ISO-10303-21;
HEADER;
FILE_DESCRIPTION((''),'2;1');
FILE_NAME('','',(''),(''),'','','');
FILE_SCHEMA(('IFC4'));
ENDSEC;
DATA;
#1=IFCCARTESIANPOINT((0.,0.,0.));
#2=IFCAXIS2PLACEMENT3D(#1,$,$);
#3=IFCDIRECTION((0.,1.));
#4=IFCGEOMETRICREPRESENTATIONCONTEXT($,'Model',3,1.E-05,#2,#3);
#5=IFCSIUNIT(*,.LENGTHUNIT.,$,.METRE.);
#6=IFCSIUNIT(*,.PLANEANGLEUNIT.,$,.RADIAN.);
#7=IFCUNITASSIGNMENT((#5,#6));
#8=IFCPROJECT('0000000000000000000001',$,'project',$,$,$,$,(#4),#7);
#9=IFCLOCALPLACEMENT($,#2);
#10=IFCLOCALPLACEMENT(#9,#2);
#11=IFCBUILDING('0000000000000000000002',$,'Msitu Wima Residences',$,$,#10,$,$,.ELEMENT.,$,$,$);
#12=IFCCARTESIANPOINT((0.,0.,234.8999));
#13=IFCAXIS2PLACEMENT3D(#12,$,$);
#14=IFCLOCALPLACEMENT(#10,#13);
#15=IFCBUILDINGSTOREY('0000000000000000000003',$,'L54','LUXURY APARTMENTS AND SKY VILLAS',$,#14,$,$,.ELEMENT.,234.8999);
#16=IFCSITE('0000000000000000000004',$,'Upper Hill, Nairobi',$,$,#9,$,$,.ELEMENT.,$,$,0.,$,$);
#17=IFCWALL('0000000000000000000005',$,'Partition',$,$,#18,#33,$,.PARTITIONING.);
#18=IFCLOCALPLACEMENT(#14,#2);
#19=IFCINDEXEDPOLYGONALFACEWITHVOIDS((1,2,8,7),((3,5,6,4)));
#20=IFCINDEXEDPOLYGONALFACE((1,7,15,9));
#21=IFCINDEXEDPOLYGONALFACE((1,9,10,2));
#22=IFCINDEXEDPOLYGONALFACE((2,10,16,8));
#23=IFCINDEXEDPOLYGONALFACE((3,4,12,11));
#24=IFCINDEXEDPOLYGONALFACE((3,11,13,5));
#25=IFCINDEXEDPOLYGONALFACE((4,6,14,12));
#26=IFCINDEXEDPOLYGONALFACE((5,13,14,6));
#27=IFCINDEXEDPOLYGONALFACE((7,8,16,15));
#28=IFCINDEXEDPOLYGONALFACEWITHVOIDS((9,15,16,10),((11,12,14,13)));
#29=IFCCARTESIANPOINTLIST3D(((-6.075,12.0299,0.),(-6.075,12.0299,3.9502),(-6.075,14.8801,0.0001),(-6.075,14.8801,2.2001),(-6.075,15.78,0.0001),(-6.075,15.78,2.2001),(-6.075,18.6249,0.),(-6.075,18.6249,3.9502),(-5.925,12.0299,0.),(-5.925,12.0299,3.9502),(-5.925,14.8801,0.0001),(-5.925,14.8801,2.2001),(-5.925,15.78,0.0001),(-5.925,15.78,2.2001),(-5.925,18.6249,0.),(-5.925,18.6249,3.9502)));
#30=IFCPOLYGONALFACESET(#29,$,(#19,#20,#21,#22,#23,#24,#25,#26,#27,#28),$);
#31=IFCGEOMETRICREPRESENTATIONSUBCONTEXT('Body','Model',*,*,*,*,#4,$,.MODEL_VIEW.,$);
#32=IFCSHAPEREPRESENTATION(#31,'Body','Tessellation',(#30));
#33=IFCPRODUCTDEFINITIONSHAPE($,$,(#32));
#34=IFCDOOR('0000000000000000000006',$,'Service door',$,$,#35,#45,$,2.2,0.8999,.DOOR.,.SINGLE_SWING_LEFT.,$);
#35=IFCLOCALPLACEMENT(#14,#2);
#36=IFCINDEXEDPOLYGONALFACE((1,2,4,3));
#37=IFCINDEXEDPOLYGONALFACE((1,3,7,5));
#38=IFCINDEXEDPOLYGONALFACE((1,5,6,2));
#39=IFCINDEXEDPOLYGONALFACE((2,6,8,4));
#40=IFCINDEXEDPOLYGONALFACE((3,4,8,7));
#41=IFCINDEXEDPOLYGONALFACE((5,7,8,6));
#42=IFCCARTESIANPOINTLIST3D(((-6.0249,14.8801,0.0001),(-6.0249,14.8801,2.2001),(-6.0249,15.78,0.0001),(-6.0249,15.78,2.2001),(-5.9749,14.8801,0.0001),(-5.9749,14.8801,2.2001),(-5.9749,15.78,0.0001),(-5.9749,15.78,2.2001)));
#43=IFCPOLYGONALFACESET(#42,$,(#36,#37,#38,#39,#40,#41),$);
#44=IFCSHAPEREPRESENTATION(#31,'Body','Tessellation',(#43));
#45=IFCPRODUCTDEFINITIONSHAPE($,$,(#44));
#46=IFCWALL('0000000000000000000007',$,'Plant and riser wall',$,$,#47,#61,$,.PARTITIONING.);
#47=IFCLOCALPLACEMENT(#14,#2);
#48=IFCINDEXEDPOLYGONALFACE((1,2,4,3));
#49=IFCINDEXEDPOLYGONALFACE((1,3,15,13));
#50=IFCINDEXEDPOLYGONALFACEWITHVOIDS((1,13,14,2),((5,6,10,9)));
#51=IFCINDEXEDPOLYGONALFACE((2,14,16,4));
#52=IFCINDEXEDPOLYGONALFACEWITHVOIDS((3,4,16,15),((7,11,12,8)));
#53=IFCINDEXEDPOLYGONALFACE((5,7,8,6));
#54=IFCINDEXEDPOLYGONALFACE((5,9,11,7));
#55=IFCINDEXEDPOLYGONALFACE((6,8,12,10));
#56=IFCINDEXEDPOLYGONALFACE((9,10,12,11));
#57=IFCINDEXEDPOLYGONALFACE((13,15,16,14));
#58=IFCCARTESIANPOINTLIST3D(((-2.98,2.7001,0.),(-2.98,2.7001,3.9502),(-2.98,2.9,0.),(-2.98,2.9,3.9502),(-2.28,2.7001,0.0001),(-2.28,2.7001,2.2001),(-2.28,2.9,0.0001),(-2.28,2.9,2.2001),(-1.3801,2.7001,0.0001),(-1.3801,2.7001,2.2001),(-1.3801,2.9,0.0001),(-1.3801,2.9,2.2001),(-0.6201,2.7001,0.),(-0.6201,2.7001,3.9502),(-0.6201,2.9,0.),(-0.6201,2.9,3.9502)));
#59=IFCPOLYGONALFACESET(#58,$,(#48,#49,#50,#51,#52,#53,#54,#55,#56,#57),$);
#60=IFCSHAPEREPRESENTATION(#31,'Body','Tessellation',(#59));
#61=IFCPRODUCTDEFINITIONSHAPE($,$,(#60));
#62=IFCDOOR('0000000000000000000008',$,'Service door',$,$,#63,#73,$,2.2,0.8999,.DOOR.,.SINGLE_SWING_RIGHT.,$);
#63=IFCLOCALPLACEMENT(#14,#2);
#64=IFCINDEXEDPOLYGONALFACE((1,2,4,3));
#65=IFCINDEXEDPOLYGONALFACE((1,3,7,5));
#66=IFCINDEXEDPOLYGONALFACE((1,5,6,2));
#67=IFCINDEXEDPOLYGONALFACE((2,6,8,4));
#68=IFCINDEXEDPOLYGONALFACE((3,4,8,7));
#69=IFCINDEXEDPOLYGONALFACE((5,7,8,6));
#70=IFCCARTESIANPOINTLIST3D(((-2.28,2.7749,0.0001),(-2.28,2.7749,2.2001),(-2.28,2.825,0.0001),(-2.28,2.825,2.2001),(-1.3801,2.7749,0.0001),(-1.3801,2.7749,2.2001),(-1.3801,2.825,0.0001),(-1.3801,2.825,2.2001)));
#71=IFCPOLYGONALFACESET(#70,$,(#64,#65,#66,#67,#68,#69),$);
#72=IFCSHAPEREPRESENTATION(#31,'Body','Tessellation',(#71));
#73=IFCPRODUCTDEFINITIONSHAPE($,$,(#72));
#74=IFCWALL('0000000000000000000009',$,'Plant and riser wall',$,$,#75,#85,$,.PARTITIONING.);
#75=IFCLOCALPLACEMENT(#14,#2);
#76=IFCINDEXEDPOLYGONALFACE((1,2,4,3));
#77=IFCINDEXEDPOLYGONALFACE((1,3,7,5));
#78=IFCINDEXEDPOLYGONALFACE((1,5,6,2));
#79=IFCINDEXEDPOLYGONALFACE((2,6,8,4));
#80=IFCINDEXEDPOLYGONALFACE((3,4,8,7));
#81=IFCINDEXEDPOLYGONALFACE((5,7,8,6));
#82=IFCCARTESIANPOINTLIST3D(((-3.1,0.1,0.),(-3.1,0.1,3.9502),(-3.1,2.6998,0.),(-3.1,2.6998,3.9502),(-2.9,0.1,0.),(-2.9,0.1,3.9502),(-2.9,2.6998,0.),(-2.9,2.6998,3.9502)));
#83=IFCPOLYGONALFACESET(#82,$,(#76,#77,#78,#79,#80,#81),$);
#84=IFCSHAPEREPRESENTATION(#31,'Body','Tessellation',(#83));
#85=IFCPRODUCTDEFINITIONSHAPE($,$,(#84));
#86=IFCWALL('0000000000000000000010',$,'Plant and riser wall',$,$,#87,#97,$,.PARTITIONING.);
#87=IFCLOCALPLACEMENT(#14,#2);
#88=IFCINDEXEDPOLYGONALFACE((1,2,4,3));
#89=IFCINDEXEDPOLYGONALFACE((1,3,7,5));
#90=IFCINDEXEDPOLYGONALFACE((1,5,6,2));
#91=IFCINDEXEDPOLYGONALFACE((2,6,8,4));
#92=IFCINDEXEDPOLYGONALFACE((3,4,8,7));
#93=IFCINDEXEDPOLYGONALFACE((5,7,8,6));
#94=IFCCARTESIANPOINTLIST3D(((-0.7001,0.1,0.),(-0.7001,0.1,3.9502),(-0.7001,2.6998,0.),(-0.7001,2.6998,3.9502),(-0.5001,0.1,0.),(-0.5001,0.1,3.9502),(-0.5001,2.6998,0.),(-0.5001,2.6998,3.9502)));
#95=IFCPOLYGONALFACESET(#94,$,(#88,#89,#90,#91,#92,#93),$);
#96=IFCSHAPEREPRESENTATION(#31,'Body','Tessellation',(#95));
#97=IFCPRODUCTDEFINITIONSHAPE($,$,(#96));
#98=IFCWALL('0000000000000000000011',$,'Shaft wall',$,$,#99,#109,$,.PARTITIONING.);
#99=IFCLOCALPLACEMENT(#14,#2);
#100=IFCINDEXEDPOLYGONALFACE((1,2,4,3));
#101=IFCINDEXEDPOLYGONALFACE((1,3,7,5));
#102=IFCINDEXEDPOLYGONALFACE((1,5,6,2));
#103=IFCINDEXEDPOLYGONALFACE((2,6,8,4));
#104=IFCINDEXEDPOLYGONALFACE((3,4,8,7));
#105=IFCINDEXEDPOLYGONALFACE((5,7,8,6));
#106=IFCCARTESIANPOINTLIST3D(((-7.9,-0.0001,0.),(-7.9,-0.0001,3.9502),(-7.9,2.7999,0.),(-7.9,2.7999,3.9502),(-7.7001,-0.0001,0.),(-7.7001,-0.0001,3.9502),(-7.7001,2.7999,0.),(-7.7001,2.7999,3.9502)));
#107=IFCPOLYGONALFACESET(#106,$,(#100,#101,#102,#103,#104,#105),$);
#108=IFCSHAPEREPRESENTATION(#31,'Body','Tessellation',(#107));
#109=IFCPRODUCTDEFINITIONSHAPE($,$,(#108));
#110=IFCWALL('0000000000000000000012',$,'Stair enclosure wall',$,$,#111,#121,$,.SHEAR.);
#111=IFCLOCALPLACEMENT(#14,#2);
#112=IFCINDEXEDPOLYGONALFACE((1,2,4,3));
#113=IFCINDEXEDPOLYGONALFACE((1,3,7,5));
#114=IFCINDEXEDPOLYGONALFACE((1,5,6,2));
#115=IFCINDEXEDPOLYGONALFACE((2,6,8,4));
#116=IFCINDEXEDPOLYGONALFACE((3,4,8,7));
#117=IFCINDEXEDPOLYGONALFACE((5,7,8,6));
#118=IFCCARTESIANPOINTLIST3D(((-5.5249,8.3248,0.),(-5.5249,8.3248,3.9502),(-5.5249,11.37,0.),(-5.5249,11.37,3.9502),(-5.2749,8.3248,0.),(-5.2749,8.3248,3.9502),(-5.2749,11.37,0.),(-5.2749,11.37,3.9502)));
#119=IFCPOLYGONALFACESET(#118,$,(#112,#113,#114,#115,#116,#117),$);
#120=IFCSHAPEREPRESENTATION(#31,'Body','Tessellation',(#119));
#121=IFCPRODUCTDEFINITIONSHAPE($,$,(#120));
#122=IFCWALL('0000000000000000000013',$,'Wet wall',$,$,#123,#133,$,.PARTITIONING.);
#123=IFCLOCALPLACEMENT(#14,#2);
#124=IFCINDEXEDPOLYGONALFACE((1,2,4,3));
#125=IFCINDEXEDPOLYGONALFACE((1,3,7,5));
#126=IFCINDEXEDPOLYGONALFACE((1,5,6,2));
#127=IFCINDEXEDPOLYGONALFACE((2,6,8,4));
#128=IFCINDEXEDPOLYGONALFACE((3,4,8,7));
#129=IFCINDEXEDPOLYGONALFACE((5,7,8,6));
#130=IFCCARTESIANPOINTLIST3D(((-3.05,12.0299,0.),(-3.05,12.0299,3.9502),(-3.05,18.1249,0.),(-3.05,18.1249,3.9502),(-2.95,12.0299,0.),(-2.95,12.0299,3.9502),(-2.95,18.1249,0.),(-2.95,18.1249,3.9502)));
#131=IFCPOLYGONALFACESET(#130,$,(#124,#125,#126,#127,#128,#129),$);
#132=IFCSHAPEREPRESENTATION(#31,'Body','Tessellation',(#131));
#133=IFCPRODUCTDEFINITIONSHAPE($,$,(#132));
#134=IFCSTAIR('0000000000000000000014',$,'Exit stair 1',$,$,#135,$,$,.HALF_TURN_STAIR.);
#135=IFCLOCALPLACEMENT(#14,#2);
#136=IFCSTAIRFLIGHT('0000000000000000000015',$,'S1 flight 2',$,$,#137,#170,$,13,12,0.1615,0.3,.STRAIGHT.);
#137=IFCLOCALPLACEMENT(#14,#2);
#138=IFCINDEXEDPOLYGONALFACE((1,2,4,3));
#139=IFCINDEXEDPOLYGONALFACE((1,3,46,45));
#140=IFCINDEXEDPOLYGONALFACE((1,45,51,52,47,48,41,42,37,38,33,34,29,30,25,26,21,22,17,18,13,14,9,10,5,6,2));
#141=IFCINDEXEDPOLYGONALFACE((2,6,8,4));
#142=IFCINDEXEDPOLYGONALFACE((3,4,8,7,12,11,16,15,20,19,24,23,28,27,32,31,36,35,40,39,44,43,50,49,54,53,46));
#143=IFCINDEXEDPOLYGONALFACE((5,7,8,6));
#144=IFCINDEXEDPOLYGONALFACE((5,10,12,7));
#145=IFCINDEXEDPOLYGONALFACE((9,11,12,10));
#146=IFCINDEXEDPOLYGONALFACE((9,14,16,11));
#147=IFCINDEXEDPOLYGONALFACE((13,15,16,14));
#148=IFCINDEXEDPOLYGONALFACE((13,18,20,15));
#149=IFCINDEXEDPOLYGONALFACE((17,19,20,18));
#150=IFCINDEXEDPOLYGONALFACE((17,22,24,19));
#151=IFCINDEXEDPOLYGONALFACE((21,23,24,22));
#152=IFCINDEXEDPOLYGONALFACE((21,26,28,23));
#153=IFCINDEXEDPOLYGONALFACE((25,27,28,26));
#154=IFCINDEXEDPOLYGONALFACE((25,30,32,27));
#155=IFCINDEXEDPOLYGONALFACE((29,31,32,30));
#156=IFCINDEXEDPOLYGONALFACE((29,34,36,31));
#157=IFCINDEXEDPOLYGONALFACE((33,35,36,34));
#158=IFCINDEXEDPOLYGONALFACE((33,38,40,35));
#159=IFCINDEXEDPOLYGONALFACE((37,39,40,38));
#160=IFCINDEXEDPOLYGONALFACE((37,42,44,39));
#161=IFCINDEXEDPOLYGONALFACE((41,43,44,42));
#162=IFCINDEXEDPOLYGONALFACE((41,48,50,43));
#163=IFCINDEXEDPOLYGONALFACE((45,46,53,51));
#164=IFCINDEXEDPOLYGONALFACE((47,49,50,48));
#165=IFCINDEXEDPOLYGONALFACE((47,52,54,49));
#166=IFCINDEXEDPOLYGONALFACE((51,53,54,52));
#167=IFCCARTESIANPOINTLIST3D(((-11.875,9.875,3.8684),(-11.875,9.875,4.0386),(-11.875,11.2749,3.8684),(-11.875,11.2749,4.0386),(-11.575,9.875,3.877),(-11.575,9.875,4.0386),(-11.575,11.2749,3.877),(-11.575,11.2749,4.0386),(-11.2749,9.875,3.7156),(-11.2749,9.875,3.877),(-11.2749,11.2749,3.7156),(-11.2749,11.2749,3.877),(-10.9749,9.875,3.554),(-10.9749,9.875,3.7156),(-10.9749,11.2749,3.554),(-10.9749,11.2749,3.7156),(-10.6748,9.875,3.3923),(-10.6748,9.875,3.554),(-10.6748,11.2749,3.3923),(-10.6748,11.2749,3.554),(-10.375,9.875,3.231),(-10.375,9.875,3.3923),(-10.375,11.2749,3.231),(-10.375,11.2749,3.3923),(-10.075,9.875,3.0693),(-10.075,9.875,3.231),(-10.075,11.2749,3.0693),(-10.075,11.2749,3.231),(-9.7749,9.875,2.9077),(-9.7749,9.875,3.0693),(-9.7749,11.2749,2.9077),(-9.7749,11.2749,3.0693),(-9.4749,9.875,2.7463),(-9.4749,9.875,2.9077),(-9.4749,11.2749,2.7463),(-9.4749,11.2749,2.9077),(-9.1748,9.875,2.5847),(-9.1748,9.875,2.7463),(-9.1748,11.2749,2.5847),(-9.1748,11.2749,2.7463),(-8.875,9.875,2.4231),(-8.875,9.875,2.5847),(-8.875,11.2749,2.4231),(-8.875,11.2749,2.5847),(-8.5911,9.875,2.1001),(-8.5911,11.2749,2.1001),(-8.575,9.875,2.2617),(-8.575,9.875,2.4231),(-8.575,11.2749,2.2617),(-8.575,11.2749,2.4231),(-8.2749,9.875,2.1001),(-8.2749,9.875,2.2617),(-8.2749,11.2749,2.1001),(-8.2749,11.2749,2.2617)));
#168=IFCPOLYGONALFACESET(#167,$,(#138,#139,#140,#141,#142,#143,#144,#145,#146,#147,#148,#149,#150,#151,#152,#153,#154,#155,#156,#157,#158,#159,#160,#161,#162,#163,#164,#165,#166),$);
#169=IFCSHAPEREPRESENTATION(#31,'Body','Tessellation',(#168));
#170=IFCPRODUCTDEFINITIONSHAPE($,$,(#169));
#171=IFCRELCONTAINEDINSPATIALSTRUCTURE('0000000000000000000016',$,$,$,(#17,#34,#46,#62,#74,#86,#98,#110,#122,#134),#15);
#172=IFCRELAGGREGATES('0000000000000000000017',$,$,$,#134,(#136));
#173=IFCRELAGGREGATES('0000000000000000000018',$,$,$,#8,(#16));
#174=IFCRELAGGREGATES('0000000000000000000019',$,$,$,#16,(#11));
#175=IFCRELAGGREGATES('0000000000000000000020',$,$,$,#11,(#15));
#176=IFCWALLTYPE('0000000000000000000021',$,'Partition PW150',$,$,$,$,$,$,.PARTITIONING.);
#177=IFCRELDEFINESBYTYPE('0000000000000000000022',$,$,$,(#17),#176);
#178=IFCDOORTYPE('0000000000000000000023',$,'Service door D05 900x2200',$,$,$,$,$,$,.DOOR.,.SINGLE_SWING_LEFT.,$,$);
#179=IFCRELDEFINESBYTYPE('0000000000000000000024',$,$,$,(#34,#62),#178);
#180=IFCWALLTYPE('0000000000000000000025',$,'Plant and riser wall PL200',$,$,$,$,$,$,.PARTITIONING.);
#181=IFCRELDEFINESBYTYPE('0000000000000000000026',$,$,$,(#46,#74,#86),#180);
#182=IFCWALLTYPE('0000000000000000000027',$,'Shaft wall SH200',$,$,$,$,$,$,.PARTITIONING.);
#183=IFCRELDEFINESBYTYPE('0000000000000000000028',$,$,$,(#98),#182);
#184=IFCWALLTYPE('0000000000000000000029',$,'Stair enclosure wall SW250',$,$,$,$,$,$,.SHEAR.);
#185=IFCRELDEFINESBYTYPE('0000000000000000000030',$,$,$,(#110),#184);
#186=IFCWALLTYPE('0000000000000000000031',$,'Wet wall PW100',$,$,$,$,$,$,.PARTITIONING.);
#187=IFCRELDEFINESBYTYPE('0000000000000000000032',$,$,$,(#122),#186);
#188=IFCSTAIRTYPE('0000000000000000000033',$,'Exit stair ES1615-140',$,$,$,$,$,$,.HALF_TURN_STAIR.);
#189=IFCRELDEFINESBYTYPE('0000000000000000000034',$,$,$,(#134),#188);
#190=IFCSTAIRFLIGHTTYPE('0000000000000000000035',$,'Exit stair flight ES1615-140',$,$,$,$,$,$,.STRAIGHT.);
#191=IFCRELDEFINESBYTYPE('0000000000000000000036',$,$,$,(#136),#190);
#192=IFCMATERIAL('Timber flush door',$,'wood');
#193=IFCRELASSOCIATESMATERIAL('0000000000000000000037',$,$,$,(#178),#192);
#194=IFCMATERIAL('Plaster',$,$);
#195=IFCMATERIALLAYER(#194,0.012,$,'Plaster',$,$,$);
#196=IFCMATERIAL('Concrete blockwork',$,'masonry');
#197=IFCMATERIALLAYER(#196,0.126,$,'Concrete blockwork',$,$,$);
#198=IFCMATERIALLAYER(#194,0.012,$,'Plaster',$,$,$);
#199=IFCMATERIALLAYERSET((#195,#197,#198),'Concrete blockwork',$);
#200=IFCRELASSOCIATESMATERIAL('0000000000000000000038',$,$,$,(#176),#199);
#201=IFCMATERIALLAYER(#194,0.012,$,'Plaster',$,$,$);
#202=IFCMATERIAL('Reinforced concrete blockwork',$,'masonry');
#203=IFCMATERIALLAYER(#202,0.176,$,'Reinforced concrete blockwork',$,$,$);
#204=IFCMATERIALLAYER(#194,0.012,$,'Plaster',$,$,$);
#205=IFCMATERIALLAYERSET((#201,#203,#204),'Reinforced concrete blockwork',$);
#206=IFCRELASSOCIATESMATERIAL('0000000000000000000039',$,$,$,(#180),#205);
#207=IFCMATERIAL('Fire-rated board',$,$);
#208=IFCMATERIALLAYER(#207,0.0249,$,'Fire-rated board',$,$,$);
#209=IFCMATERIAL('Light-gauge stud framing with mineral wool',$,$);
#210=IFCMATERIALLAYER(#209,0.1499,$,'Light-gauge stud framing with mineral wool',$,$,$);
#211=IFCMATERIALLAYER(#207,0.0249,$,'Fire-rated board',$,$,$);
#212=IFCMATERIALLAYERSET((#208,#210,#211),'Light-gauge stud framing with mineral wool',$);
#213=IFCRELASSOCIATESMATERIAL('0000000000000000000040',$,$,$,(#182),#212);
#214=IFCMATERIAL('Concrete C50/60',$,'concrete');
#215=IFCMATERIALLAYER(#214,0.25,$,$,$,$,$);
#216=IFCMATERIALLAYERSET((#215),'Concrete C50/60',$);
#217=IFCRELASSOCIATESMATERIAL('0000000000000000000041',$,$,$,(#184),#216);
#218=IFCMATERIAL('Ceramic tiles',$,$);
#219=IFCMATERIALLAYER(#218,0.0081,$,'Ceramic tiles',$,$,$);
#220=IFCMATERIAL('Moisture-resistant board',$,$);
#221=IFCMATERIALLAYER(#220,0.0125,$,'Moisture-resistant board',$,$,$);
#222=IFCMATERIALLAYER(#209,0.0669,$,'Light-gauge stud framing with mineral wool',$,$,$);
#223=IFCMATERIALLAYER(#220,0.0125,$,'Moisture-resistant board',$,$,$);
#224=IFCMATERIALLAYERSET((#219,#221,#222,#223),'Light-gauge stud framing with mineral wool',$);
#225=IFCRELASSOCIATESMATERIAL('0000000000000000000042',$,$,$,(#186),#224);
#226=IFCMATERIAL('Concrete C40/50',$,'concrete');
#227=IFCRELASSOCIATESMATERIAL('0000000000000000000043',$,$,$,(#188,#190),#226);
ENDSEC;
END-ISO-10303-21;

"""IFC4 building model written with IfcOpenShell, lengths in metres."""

from ifc_helpers import new_model, si_unit, direction, frame, frame_2d, origin, place, context, subcontext, project, spatial, polyline, rectangle, outline, extrude, material, layer, layer_set, type_object, element, fill, aggregate, save


model = new_model("IFC4")

# Units and contexts
model_context = context("Model", 3, precision=1e-05, world=origin(), true_north=direction((0.0, 1.0)))
body_context = subcontext(model_context, "Body", "Model", "MODEL_VIEW")
ifc_project = project(units=[si_unit("LENGTHUNIT", "METRE"), si_unit("PLANEANGLEUNIT", "RADIAN")], contexts=[model_context])

# Site, building, storey
site_placement = place(None, origin())
site = spatial("IfcSite", under=ifc_project, at=site_placement, Name="Upper Hill, Nairobi", CompositionType="ELEMENT", RefElevation=0.0)
building_placement = place(site_placement, origin())
building = spatial("IfcBuilding", under=site, at=building_placement, Name="Msitu Wima Residences", CompositionType="ELEMENT")
storey_placement = place(building_placement, frame((0.0, 0.0, 234.8999)))
storey = spatial("IfcBuildingStorey", under=building, at=storey_placement, Name="L54", Description="LUXURY APARTMENTS AND SKY VILLAS", CompositionType="ELEMENT", Elevation=234.8999)

# Shared definitions
ifc_material_1 = material(Name="Concrete C40/50", Category="concrete")

# Shared definitions
ifc_material_2 = material(Name="Plaster")
ifc_material_3 = material(Name="Concrete blockwork", Category="masonry")
ifc_material_4 = material(Name="Timber flush door", Category="wood")
door_type_1 = type_object("IfcDoorType", Name="Service door D05 900x2200", OperationType="SINGLE_SWING_LEFT", PredefinedType="DOOR", material=ifc_material_4)

# Walls, openings, doors
ifc_layer_1 = layer(ifc_material_2, 0.012, Name="Plaster")
ifc_layer_2 = layer(ifc_material_3, 0.126, Name="Concrete blockwork")
ifc_layer_3 = layer(ifc_material_2, 0.012, Name="Plaster")
ifc_layer_set_1 = layer_set([ifc_layer_1, ifc_layer_2, ifc_layer_3], Name="Concrete blockwork")
wall_type_1 = type_object("IfcWallType", Name="Partition PW150", PredefinedType="PARTITIONING", material=ifc_layer_set_1)
wall_1_placement = place(storey_placement, frame((-6.0, 12.03, 0.0), z_axis=(0.0, 0.0, 1.0), x_axis=(0.0, 1.0, 0.0)))
wall_1 = element("IfcWall", 1, at=wall_1_placement, inside=storey, type_object=wall_type_1, Name="Partition", PredefinedType="PARTITIONING", context=body_context, shape_type="SweptSolid", body=[
    extrude(rectangle(XDim=6.595, YDim=0.1499, at=frame_2d((3.2974, 0.0))), origin(), (0.0, 0.0, 1.0), 3.9502),
])
opening_1_placement = place(wall_1_placement, frame((2.8501, 0.0, 0.0)))
opening_1 = element("IfcOpeningElement", 2, at=opening_1_placement, cuts=wall_1, PredefinedType="OPENING", context=body_context, shape_type="SweptSolid", body=[
    extrude(rectangle(XDim=0.8999, YDim=2.2, at=frame_2d((0.45, 1.1001))), frame((0.0, 0.085, 0.0), z_axis=(0.0, -1.0, 0.0), x_axis=(1.0, 0.0, 0.0)), (0.0, 0.0, 1.0), 0.1699),
])
door_1_placement = place(opening_1_placement, origin())
door_1 = element("IfcDoor", 3, at=door_1_placement, inside=storey, type_object=door_type_1, Name="Service door", OperationType="SINGLE_SWING_LEFT", OverallHeight=2.2, OverallWidth=0.8999, PredefinedType="DOOR", context=body_context, shape_type="SweptSolid", body=[
    extrude(rectangle(XDim=0.8999, YDim=2.2, at=frame_2d((0.45, 1.1001))), frame((0.0, 0.0249, 0.0), z_axis=(0.0, -1.0, 0.0), x_axis=(1.0, 0.0, 0.0)), (0.0, 0.0, 1.0), 0.05),
])
fill(opening_1, door_1)
ifc_layer_4 = layer(ifc_material_2, 0.012, Name="Plaster")
ifc_material_5 = material(Name="Reinforced concrete blockwork", Category="masonry")
ifc_layer_5 = layer(ifc_material_5, 0.176, Name="Reinforced concrete blockwork")
ifc_layer_6 = layer(ifc_material_2, 0.012, Name="Plaster")
ifc_layer_set_2 = layer_set([ifc_layer_4, ifc_layer_5, ifc_layer_6], Name="Reinforced concrete blockwork")
wall_type_2 = type_object("IfcWallType", Name="Plant and riser wall PL200", PredefinedType="PARTITIONING", material=ifc_layer_set_2)
wall_2_placement = place(storey_placement, frame((-2.98, 2.8, 0.0), z_axis=(0.0, 0.0, 1.0), x_axis=(1.0, 0.0, 0.0)))
wall_2 = element("IfcWall", 4, at=wall_2_placement, inside=storey, type_object=wall_type_2, Name="Plant and riser wall", PredefinedType="PARTITIONING", context=body_context, shape_type="SweptSolid", body=[
    extrude(rectangle(XDim=2.3599, YDim=0.2, at=frame_2d((1.1799, 0.0))), origin(), (0.0, 0.0, 1.0), 3.9502),
])
opening_2_placement = place(wall_2_placement, frame((0.7, 0.0, 0.0)))
opening_2 = element("IfcOpeningElement", 5, at=opening_2_placement, cuts=wall_2, PredefinedType="OPENING", context=body_context, shape_type="SweptSolid", body=[
    extrude(rectangle(XDim=0.8999, YDim=2.2, at=frame_2d((0.45, 1.1001))), frame((0.0, 0.1099, 0.0), z_axis=(0.0, -1.0, 0.0), x_axis=(1.0, 0.0, 0.0)), (0.0, 0.0, 1.0), 0.22),
])
door_2_placement = place(opening_2_placement, origin())
door_2 = element("IfcDoor", 6, at=door_2_placement, inside=storey, type_object=door_type_1, Name="Service door", OperationType="SINGLE_SWING_RIGHT", OverallHeight=2.2, OverallWidth=0.8999, PredefinedType="DOOR", context=body_context, shape_type="SweptSolid", body=[
    extrude(rectangle(XDim=0.8999, YDim=2.2, at=frame_2d((0.45, 1.1001))), frame((0.0, 0.0249, 0.0), z_axis=(0.0, -1.0, 0.0), x_axis=(1.0, 0.0, 0.0)), (0.0, 0.0, 1.0), 0.05),
])
fill(opening_2, door_2)

# Walls
for number, where, z_axis, x_axis, name in (
    (7, (-3.0, 0.1001, 0.0), (0.0, 0.0, 1.0), (0.0, 1.0, 0.0), "Plant and riser wall"),
    (8, (-0.6001, 0.1001, 0.0), (0.0, 0.0, 1.0), (0.0, 1.0, 0.0), "Plant and riser wall"),
):
    element("IfcWall", number, at=place(storey_placement, frame(where, z_axis=z_axis, x_axis=x_axis)), inside=storey, type_object=wall_type_2, Name=name, PredefinedType="PARTITIONING", context=body_context, shape_type="SweptSolid", body=[
        extrude(rectangle(XDim=2.5999, YDim=0.2, at=frame_2d((1.2998, 0.0))), origin(), (0.0, 0.0, 1.0), 3.9502),
    ])
ifc_material_6 = material(Name="Fire-rated board")
ifc_layer_7 = layer(ifc_material_6, 0.0249, Name="Fire-rated board")
ifc_material_7 = material(Name="Light-gauge stud framing with mineral wool")
ifc_layer_8 = layer(ifc_material_7, 0.1499, Name="Light-gauge stud framing with mineral wool")
ifc_layer_9 = layer(ifc_material_6, 0.0249, Name="Fire-rated board")
ifc_layer_set_3 = layer_set([ifc_layer_7, ifc_layer_8, ifc_layer_9], Name="Light-gauge stud framing with mineral wool")
wall_type_3 = type_object("IfcWallType", Name="Shaft wall SH200", PredefinedType="PARTITIONING", material=ifc_layer_set_3)
wall_3_placement = place(storey_placement, frame((-7.8, 0.0, 0.0), z_axis=(0.0, 0.0, 1.0), x_axis=(0.0, 1.0, 0.0)))
element("IfcWall", 9, at=wall_3_placement, inside=storey, type_object=wall_type_3, Name="Shaft wall", PredefinedType="PARTITIONING", context=body_context, shape_type="SweptSolid", body=[
    extrude(rectangle(XDim=2.8, YDim=0.2, at=frame_2d((1.3999, 0.0))), origin(), (0.0, 0.0, 1.0), 3.9502),
])
ifc_material_8 = material(Name="Concrete C50/60", Category="concrete")
ifc_layer_10 = layer(ifc_material_8, 0.25)
ifc_layer_set_4 = layer_set([ifc_layer_10], Name="Concrete C50/60")
wall_type_4 = type_object("IfcWallType", Name="Stair enclosure wall SW250", PredefinedType="SHEAR", material=ifc_layer_set_4)
wall_4_placement = place(storey_placement, frame((-5.3999, 8.325, 0.0), z_axis=(0.0, 0.0, 1.0), x_axis=(0.0, 1.0, 0.0)))
element("IfcWall", 10, at=wall_4_placement, inside=storey, type_object=wall_type_4, Name="Stair enclosure wall", PredefinedType="SHEAR", context=body_context, shape_type="SweptSolid", body=[
    extrude(rectangle(XDim=3.0452, YDim=0.25, at=frame_2d((1.5225, 0.0))), origin(), (0.0, 0.0, 1.0), 3.9502),
])
ifc_material_9 = material(Name="Ceramic tiles")
ifc_layer_11 = layer(ifc_material_9, 0.0081, Name="Ceramic tiles")
ifc_material_10 = material(Name="Moisture-resistant board")
ifc_layer_12 = layer(ifc_material_10, 0.0125, Name="Moisture-resistant board")
ifc_layer_13 = layer(ifc_material_7, 0.0669, Name="Light-gauge stud framing with mineral wool")
ifc_layer_14 = layer(ifc_material_10, 0.0125, Name="Moisture-resistant board")
ifc_layer_set_5 = layer_set([ifc_layer_11, ifc_layer_12, ifc_layer_13, ifc_layer_14], Name="Light-gauge stud framing with mineral wool")
wall_type_5 = type_object("IfcWallType", Name="Wet wall PW100", PredefinedType="PARTITIONING", material=ifc_layer_set_5)
wall_5_placement = place(storey_placement, frame((-3.0, 12.03, 0.0), z_axis=(0.0, 0.0, 1.0), x_axis=(0.0, 1.0, 0.0)))
element("IfcWall", 11, at=wall_5_placement, inside=storey, type_object=wall_type_5, Name="Wet wall", PredefinedType="PARTITIONING", context=body_context, shape_type="SweptSolid", body=[
    extrude(rectangle(XDim=6.095, YDim=0.1001, at=frame_2d((3.0474, 0.0))), origin(), (0.0, 0.0, 1.0), 3.9502),
])

# Stair, stair flight
stair_type = type_object("IfcStairType", Name="Exit stair ES1615-140", PredefinedType="HALF_TURN_STAIR", material=ifc_material_1)
stair_placement = place(storey_placement, origin())
stair = element("IfcStair", 12, at=stair_placement, inside=storey, type_object=stair_type, Name="Exit stair 1", PredefinedType="HALF_TURN_STAIR")
stair_flight_type = type_object("IfcStairFlightType", Name="Exit stair flight ES1615-140", PredefinedType="STRAIGHT", material=ifc_material_1)
stair_flight_placement = place(storey_placement, frame((-8.2749, 10.575, 2.1001), z_axis=(0.0, 0.0, 1.0), x_axis=(-1.0, 0.0, 0.0)))
stair_flight = element("IfcStairFlight", 13, at=stair_flight_placement, type_object=stair_flight_type, Name="S1 flight 2", NumberOfRisers=13, NumberOfTreads=12, PredefinedType="STRAIGHT", RiserHeight=0.1615, TreadLength=0.3, context=body_context, shape_type="SweptSolid", body=[
    extrude(outline(polyline([(0.0, 0.0), (0.0, 0.1616), (0.3, 0.1616), (0.3, 0.323), (0.6001, 0.323), (0.6001, 0.4846), (0.8999, 0.4846), (0.8999, 0.6462), (1.2, 0.6462), (1.2, 0.8076), (1.5, 0.8076), (1.5, 0.9692), (1.8, 0.9692), (1.8, 1.1309), (2.1001, 1.1309), (2.1001, 1.2922), (2.3999, 1.2922), (2.3999, 1.4539), (2.7, 1.4539), (2.7, 1.6155), (3.0, 1.6155), (3.0, 1.7769), (3.3, 1.7769), (3.3, 1.9385), (3.6001, 1.9385), (3.6001, 2.1001), (3.6001, 1.7683), (0.3162, 0.0), (0.0, 0.0)])), frame((0.0, 0.7, 0.0), z_axis=(0.0, -1.0, 0.0), x_axis=(1.0, 0.0, 0.0)), (0.0, 0.0, 1.0), 1.3999),
])
aggregate(stair, [stair_flight])

save(model, "model.ifc")
